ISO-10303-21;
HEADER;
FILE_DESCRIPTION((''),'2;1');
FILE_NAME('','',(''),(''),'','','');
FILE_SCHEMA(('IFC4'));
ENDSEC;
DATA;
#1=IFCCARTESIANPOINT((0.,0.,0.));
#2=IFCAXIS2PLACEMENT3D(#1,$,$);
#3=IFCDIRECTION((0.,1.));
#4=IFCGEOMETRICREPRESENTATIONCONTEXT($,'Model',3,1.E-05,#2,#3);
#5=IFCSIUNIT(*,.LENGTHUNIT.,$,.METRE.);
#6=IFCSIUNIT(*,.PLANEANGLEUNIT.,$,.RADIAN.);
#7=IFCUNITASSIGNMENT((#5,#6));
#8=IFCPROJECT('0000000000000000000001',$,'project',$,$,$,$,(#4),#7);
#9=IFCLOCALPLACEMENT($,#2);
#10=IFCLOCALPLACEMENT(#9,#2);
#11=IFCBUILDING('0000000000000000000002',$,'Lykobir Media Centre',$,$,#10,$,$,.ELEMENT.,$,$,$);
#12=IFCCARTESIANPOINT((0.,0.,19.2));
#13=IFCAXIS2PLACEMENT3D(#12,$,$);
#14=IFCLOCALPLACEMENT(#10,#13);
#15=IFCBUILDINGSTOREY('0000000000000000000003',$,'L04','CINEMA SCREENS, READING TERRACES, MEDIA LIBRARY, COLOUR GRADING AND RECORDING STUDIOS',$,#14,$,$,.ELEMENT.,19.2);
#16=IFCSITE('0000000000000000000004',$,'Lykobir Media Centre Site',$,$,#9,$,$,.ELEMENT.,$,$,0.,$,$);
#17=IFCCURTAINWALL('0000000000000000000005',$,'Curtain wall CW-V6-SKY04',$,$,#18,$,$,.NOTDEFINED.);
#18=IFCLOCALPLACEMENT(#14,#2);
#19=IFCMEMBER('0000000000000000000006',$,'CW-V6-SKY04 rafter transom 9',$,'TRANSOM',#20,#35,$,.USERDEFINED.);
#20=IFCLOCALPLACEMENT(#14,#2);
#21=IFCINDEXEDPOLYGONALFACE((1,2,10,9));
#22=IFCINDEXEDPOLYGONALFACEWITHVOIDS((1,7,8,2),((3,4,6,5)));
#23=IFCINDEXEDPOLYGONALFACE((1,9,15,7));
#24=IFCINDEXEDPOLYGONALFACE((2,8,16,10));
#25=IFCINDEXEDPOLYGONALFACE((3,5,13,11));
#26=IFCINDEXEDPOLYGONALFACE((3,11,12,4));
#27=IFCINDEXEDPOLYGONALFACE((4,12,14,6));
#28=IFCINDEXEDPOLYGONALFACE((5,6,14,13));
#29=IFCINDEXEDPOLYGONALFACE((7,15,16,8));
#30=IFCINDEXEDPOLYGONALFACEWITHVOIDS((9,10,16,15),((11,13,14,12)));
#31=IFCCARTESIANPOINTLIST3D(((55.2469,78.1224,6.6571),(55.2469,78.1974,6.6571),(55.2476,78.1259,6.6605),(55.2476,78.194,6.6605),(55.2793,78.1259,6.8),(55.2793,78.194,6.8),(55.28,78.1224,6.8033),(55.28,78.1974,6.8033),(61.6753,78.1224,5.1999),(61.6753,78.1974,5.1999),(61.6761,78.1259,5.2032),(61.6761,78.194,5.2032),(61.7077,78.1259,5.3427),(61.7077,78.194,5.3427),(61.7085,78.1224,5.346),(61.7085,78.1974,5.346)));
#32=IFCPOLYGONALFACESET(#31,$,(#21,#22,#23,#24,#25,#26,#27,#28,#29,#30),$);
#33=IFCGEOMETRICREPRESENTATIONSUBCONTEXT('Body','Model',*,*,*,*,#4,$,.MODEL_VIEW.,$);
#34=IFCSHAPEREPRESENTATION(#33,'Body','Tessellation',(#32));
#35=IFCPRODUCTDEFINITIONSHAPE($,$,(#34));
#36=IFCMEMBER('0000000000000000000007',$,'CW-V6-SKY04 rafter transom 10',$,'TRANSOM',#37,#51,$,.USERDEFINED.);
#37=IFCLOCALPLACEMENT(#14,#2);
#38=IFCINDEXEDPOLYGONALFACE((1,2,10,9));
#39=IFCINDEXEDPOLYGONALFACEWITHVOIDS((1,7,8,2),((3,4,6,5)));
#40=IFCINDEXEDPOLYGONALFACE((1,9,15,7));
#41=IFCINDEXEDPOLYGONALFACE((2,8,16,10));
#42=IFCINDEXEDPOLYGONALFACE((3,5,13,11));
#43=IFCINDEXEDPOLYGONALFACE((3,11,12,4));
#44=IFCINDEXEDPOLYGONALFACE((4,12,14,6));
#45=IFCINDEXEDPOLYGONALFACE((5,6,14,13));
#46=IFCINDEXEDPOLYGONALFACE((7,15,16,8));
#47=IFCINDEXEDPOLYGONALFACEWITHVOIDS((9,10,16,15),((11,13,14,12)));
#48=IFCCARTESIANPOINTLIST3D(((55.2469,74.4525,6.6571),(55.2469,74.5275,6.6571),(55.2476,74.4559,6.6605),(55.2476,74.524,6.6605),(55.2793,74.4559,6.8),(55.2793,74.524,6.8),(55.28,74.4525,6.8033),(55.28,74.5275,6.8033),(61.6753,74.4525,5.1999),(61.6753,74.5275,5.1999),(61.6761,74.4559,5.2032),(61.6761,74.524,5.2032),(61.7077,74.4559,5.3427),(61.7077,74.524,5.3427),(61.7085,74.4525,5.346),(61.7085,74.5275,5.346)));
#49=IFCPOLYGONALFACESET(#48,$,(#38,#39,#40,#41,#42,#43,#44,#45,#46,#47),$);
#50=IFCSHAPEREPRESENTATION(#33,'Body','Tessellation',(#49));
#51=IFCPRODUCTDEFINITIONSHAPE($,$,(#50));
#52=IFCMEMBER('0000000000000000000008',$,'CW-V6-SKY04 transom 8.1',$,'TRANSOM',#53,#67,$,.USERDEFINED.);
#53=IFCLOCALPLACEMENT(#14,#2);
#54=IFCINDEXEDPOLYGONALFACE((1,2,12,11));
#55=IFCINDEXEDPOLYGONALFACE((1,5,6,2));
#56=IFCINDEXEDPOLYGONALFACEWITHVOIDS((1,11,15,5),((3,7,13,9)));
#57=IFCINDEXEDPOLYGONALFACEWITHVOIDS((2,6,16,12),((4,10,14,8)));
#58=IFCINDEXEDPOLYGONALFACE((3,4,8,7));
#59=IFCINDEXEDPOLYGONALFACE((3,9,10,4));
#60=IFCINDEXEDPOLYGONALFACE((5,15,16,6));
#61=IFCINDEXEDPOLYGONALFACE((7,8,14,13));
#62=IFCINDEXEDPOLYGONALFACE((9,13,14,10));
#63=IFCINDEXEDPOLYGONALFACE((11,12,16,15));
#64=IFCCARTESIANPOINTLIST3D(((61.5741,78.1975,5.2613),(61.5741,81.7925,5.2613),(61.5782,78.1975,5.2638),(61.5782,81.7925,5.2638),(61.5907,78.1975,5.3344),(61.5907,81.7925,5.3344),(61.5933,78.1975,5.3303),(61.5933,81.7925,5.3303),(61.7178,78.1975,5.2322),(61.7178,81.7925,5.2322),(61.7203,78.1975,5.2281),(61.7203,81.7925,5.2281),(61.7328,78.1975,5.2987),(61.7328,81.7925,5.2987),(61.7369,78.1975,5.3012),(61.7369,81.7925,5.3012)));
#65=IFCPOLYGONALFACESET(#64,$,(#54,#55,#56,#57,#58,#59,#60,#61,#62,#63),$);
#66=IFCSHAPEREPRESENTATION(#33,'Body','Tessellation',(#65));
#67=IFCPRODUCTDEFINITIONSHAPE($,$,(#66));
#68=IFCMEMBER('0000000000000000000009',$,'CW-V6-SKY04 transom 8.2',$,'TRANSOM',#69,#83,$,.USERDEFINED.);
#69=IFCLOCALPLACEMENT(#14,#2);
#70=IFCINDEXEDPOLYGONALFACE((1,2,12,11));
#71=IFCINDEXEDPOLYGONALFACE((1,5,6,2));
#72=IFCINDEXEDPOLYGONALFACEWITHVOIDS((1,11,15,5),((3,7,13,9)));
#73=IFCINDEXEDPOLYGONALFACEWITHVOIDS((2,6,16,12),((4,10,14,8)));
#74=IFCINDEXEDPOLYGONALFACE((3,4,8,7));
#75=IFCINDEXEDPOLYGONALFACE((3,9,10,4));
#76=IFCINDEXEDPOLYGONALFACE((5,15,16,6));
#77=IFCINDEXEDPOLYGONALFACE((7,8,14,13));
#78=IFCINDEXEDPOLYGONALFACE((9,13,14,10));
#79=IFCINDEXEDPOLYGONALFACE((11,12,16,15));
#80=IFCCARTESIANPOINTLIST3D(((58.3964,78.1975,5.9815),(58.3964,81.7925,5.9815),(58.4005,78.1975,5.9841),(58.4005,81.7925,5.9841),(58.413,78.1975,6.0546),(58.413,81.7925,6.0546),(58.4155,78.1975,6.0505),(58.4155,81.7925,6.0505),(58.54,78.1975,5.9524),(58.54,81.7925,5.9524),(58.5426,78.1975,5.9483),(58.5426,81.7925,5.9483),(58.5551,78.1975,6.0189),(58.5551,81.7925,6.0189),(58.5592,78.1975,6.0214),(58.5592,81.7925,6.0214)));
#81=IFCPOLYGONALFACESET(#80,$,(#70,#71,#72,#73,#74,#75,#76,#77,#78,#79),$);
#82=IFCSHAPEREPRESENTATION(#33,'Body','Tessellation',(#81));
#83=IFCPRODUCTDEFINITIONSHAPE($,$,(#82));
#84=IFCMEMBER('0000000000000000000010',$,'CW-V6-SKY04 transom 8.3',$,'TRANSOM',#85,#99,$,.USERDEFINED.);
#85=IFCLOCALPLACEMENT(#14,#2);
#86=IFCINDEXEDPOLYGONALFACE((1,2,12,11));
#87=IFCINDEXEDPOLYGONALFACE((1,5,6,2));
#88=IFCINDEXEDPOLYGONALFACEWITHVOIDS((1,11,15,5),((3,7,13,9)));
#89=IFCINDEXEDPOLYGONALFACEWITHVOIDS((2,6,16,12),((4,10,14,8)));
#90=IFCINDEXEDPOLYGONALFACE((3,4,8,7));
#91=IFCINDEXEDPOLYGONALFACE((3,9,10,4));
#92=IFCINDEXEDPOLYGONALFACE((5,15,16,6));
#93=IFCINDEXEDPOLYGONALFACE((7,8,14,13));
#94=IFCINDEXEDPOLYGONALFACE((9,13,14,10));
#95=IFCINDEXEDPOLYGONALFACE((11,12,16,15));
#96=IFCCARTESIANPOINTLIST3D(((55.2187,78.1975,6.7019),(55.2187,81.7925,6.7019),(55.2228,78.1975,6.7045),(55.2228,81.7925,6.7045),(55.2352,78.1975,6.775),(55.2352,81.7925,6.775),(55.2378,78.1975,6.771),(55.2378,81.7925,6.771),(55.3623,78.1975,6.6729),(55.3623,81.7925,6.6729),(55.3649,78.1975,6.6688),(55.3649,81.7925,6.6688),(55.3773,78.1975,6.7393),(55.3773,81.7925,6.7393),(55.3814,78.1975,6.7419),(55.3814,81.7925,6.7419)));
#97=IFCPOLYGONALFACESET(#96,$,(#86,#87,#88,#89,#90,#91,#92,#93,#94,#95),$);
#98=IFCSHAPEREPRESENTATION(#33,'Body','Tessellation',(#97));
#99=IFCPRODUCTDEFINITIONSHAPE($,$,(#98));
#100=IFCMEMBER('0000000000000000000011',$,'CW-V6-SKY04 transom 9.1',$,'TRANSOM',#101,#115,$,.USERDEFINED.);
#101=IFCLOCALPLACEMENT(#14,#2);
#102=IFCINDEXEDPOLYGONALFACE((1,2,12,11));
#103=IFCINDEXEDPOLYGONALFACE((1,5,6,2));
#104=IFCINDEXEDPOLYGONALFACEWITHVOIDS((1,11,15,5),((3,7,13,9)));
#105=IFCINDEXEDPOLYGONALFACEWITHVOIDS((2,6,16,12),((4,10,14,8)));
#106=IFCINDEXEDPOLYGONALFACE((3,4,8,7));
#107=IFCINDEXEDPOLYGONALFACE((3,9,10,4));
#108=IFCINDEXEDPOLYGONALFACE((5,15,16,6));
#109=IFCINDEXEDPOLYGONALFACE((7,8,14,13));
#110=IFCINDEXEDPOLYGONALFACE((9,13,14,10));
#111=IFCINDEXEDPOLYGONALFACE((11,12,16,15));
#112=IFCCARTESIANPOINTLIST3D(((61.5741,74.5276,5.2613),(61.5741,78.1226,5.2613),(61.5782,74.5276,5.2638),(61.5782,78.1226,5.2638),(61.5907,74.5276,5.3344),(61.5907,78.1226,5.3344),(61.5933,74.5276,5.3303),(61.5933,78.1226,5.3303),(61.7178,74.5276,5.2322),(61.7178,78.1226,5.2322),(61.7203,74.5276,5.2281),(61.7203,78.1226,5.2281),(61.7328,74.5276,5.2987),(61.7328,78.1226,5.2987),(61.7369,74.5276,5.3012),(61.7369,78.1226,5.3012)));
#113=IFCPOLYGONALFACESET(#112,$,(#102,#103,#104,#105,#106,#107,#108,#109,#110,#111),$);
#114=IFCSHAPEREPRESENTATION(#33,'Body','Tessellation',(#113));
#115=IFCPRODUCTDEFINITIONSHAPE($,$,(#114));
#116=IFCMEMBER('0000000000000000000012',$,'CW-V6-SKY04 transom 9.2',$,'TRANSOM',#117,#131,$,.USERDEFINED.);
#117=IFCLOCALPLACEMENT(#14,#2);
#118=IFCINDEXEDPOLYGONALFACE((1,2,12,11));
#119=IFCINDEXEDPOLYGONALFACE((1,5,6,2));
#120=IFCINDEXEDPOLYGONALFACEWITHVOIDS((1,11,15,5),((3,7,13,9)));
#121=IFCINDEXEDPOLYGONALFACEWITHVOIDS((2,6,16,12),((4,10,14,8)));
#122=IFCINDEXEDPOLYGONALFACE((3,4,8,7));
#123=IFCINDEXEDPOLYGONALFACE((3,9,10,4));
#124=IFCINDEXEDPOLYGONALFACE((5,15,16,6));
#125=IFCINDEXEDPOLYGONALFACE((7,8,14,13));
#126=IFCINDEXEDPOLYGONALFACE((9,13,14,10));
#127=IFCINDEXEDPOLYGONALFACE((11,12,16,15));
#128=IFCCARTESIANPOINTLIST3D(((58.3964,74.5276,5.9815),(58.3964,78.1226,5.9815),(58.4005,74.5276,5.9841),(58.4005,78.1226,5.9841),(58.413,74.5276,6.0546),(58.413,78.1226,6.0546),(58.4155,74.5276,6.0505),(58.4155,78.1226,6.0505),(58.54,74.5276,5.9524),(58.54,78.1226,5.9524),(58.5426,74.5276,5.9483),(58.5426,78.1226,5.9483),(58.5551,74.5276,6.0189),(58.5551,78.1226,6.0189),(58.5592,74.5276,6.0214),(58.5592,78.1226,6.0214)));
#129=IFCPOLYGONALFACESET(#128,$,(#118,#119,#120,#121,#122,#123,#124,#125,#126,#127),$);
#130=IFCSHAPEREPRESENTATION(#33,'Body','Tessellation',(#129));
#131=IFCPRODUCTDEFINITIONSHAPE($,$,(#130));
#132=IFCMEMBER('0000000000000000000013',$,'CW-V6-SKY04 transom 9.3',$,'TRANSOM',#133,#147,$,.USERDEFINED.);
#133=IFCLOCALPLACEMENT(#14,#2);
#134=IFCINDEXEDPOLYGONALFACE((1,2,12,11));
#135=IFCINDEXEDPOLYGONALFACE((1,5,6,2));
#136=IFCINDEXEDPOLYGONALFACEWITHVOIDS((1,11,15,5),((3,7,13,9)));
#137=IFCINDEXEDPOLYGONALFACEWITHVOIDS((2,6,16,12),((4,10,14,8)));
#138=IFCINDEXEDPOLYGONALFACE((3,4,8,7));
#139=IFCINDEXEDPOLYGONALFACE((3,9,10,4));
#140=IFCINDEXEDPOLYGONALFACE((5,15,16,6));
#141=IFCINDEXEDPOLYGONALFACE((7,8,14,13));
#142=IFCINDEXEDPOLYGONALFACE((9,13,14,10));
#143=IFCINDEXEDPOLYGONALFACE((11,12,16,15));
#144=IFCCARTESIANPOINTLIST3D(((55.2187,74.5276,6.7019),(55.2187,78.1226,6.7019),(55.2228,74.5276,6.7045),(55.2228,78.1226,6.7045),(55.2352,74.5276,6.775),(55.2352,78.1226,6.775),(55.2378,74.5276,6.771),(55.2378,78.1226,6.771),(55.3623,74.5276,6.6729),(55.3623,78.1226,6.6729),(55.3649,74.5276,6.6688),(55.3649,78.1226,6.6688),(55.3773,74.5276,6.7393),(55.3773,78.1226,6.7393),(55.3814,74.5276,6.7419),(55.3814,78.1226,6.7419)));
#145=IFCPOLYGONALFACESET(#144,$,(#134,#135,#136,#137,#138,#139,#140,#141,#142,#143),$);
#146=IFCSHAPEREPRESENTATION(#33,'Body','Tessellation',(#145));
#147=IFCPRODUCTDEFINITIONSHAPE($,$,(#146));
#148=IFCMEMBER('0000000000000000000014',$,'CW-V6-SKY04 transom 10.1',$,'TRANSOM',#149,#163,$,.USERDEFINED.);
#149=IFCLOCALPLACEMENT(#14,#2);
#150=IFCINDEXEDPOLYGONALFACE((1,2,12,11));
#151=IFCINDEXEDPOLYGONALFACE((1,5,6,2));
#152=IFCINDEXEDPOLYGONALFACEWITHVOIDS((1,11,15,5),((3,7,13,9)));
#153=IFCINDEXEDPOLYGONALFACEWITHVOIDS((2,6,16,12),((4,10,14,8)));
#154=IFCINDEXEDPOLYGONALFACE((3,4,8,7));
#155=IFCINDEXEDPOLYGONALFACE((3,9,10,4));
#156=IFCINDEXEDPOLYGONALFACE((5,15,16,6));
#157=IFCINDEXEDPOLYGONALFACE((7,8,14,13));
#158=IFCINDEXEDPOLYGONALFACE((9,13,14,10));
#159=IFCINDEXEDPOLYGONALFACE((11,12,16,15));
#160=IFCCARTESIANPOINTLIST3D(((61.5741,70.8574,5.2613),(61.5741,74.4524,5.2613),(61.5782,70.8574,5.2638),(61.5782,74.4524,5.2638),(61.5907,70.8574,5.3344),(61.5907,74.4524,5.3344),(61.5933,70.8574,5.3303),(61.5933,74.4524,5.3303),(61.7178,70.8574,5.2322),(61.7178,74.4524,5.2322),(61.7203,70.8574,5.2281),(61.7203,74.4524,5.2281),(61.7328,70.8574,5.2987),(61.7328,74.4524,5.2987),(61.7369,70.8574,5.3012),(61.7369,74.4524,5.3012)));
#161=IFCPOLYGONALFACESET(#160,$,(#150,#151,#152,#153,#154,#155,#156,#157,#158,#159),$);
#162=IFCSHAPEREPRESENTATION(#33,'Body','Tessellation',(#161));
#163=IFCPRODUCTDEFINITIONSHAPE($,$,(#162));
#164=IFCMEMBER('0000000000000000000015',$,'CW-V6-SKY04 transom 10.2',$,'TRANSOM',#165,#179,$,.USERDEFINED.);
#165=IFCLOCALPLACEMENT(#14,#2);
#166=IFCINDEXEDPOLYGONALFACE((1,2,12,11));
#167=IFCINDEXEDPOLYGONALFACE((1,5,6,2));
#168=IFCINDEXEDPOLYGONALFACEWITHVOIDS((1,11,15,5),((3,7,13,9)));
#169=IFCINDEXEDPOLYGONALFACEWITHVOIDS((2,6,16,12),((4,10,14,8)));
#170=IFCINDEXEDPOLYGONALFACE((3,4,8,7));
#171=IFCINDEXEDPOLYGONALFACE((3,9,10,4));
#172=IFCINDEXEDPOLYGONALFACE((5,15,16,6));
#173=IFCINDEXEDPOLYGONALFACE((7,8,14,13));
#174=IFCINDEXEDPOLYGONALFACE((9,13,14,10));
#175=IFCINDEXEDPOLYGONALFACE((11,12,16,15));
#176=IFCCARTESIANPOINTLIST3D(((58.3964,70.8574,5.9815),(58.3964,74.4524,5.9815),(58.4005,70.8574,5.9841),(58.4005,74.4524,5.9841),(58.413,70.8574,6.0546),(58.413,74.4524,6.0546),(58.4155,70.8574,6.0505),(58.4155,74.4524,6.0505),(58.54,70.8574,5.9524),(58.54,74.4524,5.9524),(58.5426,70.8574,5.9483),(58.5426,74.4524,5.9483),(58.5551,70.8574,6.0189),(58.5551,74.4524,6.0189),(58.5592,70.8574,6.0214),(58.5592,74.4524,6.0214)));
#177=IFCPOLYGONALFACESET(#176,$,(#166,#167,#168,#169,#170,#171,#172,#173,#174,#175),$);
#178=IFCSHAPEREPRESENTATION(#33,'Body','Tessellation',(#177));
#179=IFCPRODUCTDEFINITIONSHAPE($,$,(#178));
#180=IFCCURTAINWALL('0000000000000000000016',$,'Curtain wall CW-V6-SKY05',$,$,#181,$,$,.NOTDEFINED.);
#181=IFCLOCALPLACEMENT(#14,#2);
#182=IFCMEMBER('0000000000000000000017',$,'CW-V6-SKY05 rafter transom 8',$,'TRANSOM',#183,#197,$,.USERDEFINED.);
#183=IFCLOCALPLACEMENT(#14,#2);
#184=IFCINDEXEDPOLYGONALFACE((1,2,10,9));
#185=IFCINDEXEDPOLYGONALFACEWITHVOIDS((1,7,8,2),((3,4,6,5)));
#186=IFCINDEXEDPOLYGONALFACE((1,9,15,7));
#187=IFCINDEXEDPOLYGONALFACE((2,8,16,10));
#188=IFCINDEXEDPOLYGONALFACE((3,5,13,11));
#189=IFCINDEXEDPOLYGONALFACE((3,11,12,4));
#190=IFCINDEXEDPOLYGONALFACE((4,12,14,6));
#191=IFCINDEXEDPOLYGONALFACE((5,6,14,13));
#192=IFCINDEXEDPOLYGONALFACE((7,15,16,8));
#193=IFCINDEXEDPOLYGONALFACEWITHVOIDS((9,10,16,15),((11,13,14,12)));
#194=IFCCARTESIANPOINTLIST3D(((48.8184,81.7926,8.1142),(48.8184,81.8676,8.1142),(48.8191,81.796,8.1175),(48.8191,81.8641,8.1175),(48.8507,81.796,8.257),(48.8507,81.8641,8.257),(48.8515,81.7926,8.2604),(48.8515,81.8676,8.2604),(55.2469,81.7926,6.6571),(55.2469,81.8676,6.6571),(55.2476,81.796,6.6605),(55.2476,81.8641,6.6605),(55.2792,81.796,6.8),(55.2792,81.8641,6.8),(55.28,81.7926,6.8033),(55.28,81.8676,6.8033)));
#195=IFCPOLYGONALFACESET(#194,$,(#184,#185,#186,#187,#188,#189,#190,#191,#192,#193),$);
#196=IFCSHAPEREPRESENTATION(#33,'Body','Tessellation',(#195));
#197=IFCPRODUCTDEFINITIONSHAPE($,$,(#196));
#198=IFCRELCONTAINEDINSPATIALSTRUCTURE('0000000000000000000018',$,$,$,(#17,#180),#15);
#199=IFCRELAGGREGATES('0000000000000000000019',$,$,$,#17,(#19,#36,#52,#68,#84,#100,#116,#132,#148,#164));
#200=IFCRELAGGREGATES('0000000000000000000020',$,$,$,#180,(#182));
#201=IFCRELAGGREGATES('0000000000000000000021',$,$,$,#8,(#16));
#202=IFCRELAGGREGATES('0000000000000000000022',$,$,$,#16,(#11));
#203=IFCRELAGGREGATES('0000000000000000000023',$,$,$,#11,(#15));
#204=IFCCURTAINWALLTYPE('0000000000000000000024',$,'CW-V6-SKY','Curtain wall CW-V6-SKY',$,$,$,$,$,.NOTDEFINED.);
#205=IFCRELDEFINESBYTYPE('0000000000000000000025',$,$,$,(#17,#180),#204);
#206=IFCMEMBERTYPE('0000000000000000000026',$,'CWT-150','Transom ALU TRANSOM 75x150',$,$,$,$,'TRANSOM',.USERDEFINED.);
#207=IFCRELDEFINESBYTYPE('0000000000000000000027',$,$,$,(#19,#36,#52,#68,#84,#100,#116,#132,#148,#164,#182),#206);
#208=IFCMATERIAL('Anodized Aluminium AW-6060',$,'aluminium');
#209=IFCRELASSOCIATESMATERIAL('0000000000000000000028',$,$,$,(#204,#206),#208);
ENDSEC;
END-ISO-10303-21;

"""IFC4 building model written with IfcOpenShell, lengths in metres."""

from ifc_helpers import new_model, si_unit, direction, frame, origin, origin_2d, place, context, subcontext, project, spatial, hollow_rectangle, extrude, material, material_profile, profile_set, type_object, element, aggregate, save


model = new_model("IFC4")

# Units and contexts
model_context = context("Model", 3, precision=1e-05, world=origin(), true_north=direction((0.0, 1.0)))
body_context = subcontext(model_context, "Body", "Model", "MODEL_VIEW")
ifc_project = project(units=[si_unit("LENGTHUNIT", "METRE"), si_unit("PLANEANGLEUNIT", "RADIAN")], contexts=[model_context])

# Site, building, storey
site_placement = place(None, origin())
site = spatial("IfcSite", under=ifc_project, at=site_placement, Name="Lykobir Media Centre Site", CompositionType="ELEMENT", RefElevation=0.0)
building_placement = place(site_placement, origin())
building = spatial("IfcBuilding", under=site, at=building_placement, Name="Lykobir Media Centre", CompositionType="ELEMENT")
storey_placement = place(building_placement, frame((0.0, 0.0, 19.2)))
storey = spatial("IfcBuildingStorey", under=building, at=storey_placement, Name="L04", Description="CINEMA SCREENS, READING TERRACES, MEDIA LIBRARY, COLOUR GRADING AND RECORDING STUDIOS", CompositionType="ELEMENT", Elevation=19.2)

# Curtain walls, members
ifc_material_1 = material(Name="Anodized Aluminium AW-6060", Category="aluminium")
curtain_wall_type = type_object("IfcCurtainWallType", Name="CW-V6-SKY", Description="Curtain wall CW-V6-SKY", PredefinedType="NOTDEFINED", material=ifc_material_1)
ifc_material_profile_1 = material_profile(ifc_material_1, hollow_rectangle(XDim=0.075, YDim=0.1499, WallThickness=0.0034, at=origin_2d()), Name="ALU TRANSOM 75x150")
ifc_profile_set_1 = profile_set([ifc_material_profile_1], Name="Anodized Aluminium AW-6060")
member_type_1 = type_object("IfcMemberType", Name="CWT-150", Description="Transom ALU TRANSOM 75x150", ElementType="TRANSOM", PredefinedType="USERDEFINED", material=ifc_profile_set_1)
curtain_wall_1_placement = place(storey_placement, origin())
curtain_wall_1 = element("IfcCurtainWall", 1, at=curtain_wall_1_placement, inside=storey, type_object=curtain_wall_type, Name="Curtain wall CW-V6-SKY04", PredefinedType="NOTDEFINED")
member_1_placement = place(storey_placement, frame((61.6919, 78.1599, 5.2729), z_axis=(-0.975255, 0.0, 0.221082), x_axis=(0.0, -1.0, 0.0)))
member_1 = element("IfcMember", 2, at=member_1_placement, type_object=member_type_1, Name="CW-V6-SKY04 rafter transom 9", ObjectType="TRANSOM", PredefinedType="USERDEFINED", context=body_context, shape_type="SweptSolid", body=[
    extrude(hollow_rectangle(XDim=0.075, YDim=0.1499, WallThickness=0.0034, at=origin_2d()), origin(), (0.0, 0.0, 1.0), 6.5916),
])
member_2_placement = place(storey_placement, frame((61.6919, 74.49, 5.2729), z_axis=(-0.975255, 0.0, 0.221082), x_axis=(0.0, -1.0, 0.0)))
member_2 = element("IfcMember", 3, at=member_2_placement, type_object=member_type_1, Name="CW-V6-SKY04 rafter transom 10", ObjectType="TRANSOM", PredefinedType="USERDEFINED", context=body_context, shape_type="SweptSolid", body=[
    extrude(hollow_rectangle(XDim=0.075, YDim=0.1499, WallThickness=0.0034, at=origin_2d()), origin(), (0.0, 0.0, 1.0), 6.5916),
])
member_3_placement = place(storey_placement, frame((61.6555, 81.7925, 5.2812), z_axis=(0.0, -1.0, 0.0), x_axis=(0.221072, 0.0, 0.975258)))
member_3 = element("IfcMember", 4, at=member_3_placement, type_object=member_type_1, Name="CW-V6-SKY04 transom 8.1", ObjectType="TRANSOM", PredefinedType="USERDEFINED", context=body_context, shape_type="SweptSolid", body=[
    extrude(hollow_rectangle(XDim=0.075, YDim=0.1499, WallThickness=0.0034, at=origin_2d()), origin(), (0.0, 0.0, 1.0), 3.595),
])
member_4_placement = place(storey_placement, frame((58.4778, 81.7925, 6.0015), z_axis=(0.0, -1.0, 0.0), x_axis=(0.221072, 0.0, 0.975258)))
member_4 = element("IfcMember", 5, at=member_4_placement, type_object=member_type_1, Name="CW-V6-SKY04 transom 8.2", ObjectType="TRANSOM", PredefinedType="USERDEFINED", context=body_context, shape_type="SweptSolid", body=[
    extrude(hollow_rectangle(XDim=0.075, YDim=0.1499, WallThickness=0.0034, at=origin_2d()), origin(), (0.0, 0.0, 1.0), 3.595),
])
member_5_placement = place(storey_placement, frame((55.3, 81.7925, 6.7219), z_axis=(0.0, -1.0, 0.0), x_axis=(0.221072, 0.0, 0.975258)))
member_5 = element("IfcMember", 6, at=member_5_placement, type_object=member_type_1, Name="CW-V6-SKY04 transom 8.3", ObjectType="TRANSOM", PredefinedType="USERDEFINED", context=body_context, shape_type="SweptSolid", body=[
    extrude(hollow_rectangle(XDim=0.075, YDim=0.1499, WallThickness=0.0034, at=origin_2d()), origin(), (0.0, 0.0, 1.0), 3.595),
])
member_6_placement = place(storey_placement, frame((61.6555, 78.1226, 5.2812), z_axis=(0.0, -1.0, 0.0), x_axis=(0.221072, 0.0, 0.975258)))
member_6 = element("IfcMember", 7, at=member_6_placement, type_object=member_type_1, Name="CW-V6-SKY04 transom 9.1", ObjectType="TRANSOM", PredefinedType="USERDEFINED", context=body_context, shape_type="SweptSolid", body=[
    extrude(hollow_rectangle(XDim=0.075, YDim=0.1499, WallThickness=0.0034, at=origin_2d()), origin(), (0.0, 0.0, 1.0), 3.595),
])
member_7_placement = place(storey_placement, frame((58.4778, 78.1226, 6.0015), z_axis=(0.0, -1.0, 0.0), x_axis=(0.221072, 0.0, 0.975258)))
member_7 = element("IfcMember", 8, at=member_7_placement, type_object=member_type_1, Name="CW-V6-SKY04 transom 9.2", ObjectType="TRANSOM", PredefinedType="USERDEFINED", context=body_context, shape_type="SweptSolid", body=[
    extrude(hollow_rectangle(XDim=0.075, YDim=0.1499, WallThickness=0.0034, at=origin_2d()), origin(), (0.0, 0.0, 1.0), 3.595),
])
member_8_placement = place(storey_placement, frame((55.3, 78.1226, 6.7219), z_axis=(0.0, -1.0, 0.0), x_axis=(0.221072, 0.0, 0.975258)))
member_8 = element("IfcMember", 9, at=member_8_placement, type_object=member_type_1, Name="CW-V6-SKY04 transom 9.3", ObjectType="TRANSOM", PredefinedType="USERDEFINED", context=body_context, shape_type="SweptSolid", body=[
    extrude(hollow_rectangle(XDim=0.075, YDim=0.1499, WallThickness=0.0034, at=origin_2d()), origin(), (0.0, 0.0, 1.0), 3.595),
])
member_9_placement = place(storey_placement, frame((61.6555, 74.4524, 5.2812), z_axis=(0.0, -1.0, 0.0), x_axis=(0.221072, 0.0, 0.975258)))
member_9 = element("IfcMember", 10, at=member_9_placement, type_object=member_type_1, Name="CW-V6-SKY04 transom 10.1", ObjectType="TRANSOM", PredefinedType="USERDEFINED", context=body_context, shape_type="SweptSolid", body=[
    extrude(hollow_rectangle(XDim=0.075, YDim=0.1499, WallThickness=0.0034, at=origin_2d()), origin(), (0.0, 0.0, 1.0), 3.595),
])
member_10_placement = place(storey_placement, frame((58.4778, 74.4524, 6.0015), z_axis=(0.0, -1.0, 0.0), x_axis=(0.221072, 0.0, 0.975258)))
member_10 = element("IfcMember", 11, at=member_10_placement, type_object=member_type_1, Name="CW-V6-SKY04 transom 10.2", ObjectType="TRANSOM", PredefinedType="USERDEFINED", context=body_context, shape_type="SweptSolid", body=[
    extrude(hollow_rectangle(XDim=0.075, YDim=0.1499, WallThickness=0.0034, at=origin_2d()), origin(), (0.0, 0.0, 1.0), 3.595),
])
curtain_wall_2_placement = place(storey_placement, origin())
curtain_wall_2 = element("IfcCurtainWall", 12, at=curtain_wall_2_placement, inside=storey, type_object=curtain_wall_type, Name="Curtain wall CW-V6-SKY05", PredefinedType="NOTDEFINED")
member_11_placement = place(storey_placement, frame((55.2634, 81.8301, 6.7302), z_axis=(-0.975263, 0.0, 0.221046), x_axis=(0.0, -1.0, 0.0)))
member_11 = element("IfcMember", 13, at=member_11_placement, type_object=member_type_1, Name="CW-V6-SKY05 rafter transom 8", ObjectType="TRANSOM", PredefinedType="USERDEFINED", context=body_context, shape_type="SweptSolid", body=[
    extrude(hollow_rectangle(XDim=0.075, YDim=0.1499, WallThickness=0.0034, at=origin_2d()), origin(), (0.0, 0.0, 1.0), 6.5916),
])

aggregate(curtain_wall_1, [member_1, member_2, member_3, member_4, member_5, member_6, member_7, member_8, member_9, member_10])
aggregate(curtain_wall_2, [member_11])

save(model, "model.ifc")
